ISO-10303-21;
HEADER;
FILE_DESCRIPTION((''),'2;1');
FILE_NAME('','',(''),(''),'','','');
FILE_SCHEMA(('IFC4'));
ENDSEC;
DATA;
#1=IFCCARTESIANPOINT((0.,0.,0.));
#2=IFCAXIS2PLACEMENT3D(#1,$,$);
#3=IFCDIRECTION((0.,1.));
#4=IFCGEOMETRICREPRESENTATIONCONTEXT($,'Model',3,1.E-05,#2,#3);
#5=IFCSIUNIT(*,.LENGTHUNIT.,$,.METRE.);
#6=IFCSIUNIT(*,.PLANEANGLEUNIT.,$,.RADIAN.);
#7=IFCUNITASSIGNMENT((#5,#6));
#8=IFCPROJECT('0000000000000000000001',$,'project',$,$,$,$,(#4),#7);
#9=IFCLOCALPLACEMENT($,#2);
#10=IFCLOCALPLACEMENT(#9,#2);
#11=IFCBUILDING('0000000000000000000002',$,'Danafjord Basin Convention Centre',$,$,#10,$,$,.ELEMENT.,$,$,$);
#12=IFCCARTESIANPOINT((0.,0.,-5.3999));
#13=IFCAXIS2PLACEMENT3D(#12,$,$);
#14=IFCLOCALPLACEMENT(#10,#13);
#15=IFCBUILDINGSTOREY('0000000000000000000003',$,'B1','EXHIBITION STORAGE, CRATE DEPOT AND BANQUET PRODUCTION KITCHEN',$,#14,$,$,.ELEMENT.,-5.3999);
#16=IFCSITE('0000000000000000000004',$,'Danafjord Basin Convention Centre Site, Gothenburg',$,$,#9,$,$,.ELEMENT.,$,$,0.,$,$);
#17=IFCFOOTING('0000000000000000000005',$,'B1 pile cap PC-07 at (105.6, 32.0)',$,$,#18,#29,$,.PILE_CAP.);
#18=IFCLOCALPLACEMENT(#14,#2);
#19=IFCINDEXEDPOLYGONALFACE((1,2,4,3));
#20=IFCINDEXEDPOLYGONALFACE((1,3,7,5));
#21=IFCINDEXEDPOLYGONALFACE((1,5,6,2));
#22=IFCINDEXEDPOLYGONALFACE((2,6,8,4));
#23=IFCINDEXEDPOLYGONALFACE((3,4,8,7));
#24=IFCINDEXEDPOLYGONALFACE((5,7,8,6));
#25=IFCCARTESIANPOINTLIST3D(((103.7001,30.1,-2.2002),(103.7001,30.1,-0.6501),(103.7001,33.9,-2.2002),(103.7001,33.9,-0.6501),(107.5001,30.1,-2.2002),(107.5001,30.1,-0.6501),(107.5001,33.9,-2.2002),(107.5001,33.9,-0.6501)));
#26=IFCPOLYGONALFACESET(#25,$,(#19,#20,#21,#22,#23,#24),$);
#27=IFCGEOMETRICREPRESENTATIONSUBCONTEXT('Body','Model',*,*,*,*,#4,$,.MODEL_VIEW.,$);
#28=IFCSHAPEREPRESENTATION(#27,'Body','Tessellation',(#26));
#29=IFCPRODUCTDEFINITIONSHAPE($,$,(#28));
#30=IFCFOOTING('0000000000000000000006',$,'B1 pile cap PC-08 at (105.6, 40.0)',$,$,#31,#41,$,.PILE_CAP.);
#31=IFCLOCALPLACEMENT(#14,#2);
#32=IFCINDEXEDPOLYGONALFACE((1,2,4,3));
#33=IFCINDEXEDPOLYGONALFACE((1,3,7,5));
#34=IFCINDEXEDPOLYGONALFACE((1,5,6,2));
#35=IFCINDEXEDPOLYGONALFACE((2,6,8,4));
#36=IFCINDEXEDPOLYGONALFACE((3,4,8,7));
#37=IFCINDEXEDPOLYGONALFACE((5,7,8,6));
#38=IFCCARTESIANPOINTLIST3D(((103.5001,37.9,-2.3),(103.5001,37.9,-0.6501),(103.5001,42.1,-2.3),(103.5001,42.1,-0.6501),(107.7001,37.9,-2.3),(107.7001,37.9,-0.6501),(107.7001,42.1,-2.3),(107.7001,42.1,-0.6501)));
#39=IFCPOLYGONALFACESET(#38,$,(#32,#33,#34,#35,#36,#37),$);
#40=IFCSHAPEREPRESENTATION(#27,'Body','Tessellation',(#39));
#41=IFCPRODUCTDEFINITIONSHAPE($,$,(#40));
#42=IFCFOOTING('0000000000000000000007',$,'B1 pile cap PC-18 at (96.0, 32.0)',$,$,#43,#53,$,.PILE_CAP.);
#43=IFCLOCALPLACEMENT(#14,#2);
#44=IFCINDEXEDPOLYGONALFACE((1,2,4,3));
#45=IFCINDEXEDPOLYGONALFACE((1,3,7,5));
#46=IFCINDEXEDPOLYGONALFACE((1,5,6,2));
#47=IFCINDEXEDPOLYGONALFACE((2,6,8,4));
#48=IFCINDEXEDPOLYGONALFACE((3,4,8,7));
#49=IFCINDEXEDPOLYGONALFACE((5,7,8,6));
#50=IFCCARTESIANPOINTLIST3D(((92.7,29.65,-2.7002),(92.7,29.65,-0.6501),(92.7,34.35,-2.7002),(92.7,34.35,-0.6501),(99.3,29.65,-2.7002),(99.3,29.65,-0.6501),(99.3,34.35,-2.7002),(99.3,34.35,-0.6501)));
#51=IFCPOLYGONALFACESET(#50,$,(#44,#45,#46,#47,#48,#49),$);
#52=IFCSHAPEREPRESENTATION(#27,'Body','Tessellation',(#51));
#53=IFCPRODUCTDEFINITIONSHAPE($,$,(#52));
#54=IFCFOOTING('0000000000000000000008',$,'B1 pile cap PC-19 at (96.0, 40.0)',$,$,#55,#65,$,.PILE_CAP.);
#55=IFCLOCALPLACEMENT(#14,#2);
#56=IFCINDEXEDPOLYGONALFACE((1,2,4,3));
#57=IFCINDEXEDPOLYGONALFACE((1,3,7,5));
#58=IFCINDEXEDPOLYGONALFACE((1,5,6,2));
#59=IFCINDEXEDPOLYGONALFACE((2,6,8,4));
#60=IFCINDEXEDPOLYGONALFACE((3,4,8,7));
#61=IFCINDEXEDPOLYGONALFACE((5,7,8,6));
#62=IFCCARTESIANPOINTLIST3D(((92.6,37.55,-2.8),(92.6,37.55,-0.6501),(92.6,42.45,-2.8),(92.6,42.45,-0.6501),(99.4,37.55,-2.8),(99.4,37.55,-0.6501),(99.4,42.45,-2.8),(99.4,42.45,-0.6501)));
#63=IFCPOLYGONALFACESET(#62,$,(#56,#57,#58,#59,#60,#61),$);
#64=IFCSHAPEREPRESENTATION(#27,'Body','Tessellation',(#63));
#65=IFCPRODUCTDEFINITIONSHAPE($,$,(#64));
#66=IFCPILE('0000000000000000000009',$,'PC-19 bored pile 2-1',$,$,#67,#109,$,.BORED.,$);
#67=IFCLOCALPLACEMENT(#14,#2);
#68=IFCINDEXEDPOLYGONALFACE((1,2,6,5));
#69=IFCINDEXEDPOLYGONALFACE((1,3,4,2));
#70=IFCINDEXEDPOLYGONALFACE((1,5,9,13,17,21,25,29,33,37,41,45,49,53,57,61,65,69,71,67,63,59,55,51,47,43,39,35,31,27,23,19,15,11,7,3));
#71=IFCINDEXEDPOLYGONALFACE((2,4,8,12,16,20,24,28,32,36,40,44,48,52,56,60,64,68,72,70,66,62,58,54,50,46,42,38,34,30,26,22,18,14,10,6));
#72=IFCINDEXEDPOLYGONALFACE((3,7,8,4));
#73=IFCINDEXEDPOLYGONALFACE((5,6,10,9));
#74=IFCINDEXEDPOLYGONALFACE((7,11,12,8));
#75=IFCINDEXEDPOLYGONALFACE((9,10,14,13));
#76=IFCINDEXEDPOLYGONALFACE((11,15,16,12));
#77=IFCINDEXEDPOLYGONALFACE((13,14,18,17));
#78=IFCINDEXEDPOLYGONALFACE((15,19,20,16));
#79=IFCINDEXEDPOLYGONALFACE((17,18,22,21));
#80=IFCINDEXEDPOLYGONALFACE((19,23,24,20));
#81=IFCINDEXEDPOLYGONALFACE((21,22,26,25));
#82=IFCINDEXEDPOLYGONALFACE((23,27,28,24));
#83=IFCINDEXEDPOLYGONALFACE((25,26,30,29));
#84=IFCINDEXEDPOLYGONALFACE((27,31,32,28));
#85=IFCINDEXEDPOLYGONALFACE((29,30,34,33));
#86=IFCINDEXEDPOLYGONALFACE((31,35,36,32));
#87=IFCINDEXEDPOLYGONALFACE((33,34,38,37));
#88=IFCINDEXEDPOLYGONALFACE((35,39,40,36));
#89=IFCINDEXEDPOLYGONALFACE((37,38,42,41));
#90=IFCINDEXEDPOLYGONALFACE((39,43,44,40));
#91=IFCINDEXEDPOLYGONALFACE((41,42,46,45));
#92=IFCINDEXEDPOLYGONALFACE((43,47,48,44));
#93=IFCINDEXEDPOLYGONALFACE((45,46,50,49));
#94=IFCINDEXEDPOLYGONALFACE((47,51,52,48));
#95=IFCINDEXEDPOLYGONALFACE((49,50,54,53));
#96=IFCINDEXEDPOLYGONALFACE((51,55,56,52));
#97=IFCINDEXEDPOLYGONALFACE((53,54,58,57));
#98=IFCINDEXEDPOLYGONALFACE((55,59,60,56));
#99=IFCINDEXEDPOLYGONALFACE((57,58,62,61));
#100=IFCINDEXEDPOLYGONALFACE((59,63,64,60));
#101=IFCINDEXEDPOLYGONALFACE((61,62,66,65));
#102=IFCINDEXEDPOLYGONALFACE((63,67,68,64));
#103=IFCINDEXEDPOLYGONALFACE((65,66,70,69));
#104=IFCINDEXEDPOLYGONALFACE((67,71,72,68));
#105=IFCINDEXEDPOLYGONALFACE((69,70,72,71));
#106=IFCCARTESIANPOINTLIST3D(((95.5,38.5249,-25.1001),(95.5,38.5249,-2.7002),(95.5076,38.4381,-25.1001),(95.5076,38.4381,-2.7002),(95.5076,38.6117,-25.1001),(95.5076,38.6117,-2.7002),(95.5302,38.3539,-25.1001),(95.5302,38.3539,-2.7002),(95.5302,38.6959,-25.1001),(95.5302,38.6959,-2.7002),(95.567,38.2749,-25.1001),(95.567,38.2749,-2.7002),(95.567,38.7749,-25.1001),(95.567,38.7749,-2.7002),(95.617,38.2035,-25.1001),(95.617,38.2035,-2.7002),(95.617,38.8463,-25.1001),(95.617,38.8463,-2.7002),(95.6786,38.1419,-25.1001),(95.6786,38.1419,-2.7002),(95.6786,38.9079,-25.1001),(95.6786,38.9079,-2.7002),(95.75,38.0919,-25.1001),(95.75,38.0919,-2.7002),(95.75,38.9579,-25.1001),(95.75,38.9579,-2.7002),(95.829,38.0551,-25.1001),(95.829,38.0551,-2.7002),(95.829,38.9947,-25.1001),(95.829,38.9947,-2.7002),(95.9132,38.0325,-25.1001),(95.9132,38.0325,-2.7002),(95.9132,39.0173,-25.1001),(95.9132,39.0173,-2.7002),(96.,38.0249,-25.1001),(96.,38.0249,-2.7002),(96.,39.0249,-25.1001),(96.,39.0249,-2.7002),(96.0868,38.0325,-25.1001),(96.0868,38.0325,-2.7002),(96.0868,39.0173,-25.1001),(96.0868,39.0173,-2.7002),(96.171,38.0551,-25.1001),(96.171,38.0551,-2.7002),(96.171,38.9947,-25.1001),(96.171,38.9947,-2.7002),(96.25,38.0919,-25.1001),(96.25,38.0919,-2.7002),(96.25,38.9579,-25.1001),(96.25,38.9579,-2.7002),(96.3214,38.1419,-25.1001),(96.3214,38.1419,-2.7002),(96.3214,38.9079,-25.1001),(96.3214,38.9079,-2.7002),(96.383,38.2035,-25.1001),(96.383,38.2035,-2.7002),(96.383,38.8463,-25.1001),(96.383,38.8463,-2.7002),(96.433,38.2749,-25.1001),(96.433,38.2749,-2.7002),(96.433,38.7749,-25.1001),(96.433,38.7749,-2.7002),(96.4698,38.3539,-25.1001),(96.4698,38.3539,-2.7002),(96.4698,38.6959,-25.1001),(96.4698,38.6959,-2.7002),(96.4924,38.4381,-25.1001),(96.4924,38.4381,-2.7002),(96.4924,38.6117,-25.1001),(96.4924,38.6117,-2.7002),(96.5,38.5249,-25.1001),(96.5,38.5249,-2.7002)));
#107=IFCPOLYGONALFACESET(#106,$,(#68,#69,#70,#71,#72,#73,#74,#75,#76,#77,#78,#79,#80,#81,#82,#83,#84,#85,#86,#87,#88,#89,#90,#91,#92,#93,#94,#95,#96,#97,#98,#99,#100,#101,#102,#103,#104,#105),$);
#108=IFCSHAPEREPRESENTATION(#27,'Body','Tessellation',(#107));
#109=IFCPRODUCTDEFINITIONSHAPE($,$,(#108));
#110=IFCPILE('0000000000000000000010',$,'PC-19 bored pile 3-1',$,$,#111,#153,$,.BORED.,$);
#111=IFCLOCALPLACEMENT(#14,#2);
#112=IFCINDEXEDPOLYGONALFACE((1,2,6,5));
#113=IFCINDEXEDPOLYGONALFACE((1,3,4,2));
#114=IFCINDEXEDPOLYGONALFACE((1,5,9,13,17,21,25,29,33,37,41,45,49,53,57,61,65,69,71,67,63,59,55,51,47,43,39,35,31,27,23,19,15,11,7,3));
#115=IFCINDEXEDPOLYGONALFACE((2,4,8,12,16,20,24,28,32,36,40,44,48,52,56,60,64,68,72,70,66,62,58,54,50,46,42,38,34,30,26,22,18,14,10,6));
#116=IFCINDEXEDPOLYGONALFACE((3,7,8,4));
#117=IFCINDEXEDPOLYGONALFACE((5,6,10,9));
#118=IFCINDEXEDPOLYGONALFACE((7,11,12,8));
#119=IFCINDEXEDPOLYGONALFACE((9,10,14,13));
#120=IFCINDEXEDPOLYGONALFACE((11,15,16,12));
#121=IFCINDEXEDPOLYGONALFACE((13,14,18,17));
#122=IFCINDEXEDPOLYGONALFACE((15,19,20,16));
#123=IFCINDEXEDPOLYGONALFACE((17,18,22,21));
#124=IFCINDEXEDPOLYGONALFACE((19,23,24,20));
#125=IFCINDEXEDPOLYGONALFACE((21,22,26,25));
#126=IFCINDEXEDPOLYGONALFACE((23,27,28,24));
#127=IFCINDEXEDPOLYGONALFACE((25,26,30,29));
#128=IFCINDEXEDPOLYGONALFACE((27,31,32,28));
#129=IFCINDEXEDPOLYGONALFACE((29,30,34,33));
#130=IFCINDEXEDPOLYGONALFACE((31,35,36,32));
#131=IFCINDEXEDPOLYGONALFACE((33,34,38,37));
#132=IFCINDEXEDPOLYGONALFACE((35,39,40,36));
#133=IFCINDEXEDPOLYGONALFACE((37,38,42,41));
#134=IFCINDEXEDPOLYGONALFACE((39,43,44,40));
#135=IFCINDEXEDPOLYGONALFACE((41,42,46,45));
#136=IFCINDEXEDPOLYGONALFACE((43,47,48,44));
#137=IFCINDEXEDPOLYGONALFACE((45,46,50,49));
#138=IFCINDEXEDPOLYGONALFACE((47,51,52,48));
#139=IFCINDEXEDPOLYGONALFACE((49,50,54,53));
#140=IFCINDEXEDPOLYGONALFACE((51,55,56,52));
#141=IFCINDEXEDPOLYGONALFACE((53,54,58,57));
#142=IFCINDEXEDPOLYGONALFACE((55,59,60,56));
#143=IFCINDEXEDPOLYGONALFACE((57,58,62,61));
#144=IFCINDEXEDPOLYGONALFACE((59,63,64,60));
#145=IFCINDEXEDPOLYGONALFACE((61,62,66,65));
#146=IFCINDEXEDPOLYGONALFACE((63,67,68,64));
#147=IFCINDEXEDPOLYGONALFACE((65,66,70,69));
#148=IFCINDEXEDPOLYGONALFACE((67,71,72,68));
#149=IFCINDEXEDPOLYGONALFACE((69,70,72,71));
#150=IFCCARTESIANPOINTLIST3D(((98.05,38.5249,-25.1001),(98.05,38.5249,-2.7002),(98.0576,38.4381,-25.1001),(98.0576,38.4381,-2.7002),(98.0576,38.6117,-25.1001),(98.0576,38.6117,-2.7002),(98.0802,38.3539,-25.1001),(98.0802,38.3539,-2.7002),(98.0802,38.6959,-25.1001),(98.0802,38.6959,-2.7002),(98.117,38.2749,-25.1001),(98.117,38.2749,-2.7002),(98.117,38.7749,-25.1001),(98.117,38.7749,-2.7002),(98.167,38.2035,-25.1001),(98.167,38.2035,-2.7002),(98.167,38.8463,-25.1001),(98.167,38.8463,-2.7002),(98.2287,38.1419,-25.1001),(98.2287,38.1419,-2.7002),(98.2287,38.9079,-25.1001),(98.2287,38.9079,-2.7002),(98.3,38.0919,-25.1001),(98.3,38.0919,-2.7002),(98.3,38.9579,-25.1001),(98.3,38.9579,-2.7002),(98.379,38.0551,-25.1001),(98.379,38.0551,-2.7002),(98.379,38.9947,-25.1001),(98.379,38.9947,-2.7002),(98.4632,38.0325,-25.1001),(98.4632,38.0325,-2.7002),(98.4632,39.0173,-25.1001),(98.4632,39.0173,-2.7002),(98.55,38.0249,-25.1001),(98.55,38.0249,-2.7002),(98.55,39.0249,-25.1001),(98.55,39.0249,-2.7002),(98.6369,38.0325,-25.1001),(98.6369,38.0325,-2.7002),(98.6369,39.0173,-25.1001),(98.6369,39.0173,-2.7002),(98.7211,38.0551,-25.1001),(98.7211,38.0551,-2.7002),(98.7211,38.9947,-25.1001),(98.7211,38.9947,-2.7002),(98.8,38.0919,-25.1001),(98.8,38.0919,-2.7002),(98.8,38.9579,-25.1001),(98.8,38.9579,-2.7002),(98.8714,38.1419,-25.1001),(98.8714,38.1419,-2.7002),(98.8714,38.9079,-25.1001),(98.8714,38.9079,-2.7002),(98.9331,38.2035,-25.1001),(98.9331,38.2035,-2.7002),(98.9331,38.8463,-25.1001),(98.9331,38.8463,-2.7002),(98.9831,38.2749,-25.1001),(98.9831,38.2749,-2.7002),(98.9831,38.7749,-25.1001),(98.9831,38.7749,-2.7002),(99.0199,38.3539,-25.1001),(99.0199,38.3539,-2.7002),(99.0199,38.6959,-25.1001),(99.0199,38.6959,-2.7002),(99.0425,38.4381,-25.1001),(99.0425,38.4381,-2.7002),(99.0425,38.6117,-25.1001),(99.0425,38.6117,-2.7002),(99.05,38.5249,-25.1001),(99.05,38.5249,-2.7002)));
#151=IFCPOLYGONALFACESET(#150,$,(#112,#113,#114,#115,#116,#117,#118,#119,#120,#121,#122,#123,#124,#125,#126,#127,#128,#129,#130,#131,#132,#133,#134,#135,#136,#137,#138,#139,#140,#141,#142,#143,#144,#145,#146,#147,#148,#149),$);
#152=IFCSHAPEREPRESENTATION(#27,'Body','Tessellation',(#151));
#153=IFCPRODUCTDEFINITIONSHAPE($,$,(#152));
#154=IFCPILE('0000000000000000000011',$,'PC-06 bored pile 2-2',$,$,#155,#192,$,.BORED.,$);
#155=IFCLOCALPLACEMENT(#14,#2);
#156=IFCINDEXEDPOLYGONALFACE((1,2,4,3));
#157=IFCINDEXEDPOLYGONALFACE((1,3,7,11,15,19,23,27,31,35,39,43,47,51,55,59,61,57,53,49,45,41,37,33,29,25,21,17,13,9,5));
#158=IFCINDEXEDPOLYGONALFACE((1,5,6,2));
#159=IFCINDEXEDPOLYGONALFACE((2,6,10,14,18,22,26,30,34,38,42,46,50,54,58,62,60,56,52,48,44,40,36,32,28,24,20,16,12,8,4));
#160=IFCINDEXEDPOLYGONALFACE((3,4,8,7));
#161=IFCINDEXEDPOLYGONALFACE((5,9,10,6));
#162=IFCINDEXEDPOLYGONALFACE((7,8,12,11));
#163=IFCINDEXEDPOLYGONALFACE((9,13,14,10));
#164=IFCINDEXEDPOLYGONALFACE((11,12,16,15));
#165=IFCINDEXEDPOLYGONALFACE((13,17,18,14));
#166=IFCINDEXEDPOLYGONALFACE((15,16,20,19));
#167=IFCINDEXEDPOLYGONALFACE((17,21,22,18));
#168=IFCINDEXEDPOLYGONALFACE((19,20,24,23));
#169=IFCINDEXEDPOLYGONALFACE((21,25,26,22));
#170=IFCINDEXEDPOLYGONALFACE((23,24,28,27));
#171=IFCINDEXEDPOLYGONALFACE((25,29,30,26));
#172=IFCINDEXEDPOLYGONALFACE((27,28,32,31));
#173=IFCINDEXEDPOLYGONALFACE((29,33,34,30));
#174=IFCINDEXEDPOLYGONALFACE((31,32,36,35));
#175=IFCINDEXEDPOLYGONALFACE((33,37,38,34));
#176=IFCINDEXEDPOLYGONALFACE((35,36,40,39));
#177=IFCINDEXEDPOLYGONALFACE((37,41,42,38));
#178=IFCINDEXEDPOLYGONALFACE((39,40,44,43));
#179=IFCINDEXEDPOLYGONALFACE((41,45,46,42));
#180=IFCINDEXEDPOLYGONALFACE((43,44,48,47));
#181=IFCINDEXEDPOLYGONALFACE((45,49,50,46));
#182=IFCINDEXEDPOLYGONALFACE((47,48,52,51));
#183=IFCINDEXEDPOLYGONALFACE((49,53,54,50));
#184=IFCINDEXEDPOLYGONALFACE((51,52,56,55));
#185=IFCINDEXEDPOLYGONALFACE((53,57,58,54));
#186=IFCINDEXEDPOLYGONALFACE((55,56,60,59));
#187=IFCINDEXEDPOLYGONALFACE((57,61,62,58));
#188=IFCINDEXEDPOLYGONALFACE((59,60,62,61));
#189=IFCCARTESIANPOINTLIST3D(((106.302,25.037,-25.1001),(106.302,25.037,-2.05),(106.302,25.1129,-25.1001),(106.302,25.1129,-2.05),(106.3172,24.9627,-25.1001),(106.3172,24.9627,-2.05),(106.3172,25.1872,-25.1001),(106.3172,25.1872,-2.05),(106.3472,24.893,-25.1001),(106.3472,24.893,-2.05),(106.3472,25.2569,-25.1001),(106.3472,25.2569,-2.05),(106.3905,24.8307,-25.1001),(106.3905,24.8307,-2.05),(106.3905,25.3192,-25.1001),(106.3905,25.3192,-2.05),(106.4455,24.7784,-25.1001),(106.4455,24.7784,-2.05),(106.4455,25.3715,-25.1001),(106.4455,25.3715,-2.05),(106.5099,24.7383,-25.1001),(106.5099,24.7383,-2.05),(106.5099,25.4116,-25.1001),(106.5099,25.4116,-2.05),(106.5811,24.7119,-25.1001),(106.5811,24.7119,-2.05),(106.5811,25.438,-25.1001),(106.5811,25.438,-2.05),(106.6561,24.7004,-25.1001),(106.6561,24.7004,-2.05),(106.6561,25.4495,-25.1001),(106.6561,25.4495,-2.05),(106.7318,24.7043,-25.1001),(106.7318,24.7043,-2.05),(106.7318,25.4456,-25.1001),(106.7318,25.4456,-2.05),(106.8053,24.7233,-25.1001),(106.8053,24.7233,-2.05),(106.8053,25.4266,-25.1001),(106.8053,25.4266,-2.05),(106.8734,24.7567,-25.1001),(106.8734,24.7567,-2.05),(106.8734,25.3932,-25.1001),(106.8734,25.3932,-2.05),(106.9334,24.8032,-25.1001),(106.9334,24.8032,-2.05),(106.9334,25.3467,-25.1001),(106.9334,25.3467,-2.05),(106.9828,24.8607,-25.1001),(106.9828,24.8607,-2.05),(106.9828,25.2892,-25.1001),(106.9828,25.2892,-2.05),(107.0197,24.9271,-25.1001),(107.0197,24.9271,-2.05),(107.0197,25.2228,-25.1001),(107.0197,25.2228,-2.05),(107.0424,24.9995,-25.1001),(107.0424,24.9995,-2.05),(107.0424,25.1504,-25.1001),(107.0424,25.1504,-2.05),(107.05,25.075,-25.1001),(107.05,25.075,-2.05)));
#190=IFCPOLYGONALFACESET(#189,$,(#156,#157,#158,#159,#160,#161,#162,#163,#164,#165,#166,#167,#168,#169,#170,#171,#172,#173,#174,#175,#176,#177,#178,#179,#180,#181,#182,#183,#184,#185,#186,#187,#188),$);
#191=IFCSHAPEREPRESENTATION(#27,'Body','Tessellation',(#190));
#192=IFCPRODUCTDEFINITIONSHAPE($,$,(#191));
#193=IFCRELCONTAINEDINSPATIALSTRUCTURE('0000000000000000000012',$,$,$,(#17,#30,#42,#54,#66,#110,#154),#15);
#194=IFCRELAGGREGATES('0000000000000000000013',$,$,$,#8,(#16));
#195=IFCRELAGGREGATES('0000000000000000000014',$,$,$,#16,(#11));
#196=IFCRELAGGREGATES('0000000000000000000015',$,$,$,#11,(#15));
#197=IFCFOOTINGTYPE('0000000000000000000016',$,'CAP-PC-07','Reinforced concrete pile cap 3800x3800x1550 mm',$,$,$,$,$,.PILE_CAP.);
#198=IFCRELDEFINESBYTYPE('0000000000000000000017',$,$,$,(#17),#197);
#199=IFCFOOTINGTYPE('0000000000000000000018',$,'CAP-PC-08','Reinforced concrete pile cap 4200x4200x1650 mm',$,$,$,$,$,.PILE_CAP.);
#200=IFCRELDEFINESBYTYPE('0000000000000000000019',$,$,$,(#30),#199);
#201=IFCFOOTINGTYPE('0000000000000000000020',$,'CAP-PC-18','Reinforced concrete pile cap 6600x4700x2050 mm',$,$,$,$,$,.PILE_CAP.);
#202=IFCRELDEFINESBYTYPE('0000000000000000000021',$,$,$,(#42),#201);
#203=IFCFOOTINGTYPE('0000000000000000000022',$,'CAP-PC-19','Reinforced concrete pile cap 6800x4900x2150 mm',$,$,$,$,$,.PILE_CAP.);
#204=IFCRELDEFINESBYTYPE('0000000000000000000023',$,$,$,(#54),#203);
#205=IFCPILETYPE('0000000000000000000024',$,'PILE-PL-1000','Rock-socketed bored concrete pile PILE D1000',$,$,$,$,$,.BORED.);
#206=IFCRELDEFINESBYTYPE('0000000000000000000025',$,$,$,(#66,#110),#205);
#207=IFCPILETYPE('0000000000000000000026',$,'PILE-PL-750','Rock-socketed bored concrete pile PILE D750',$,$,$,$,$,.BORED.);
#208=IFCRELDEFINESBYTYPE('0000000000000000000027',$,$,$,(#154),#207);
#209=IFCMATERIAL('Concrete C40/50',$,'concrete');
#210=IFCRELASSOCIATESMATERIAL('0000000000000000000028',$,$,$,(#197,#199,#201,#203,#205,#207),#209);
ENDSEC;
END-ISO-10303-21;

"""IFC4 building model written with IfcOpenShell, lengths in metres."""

from ifc_helpers import new_model, si_unit, direction, frame, origin, origin_2d, place, context, subcontext, project, spatial, rectangle, circle, extrude, material, material_profile, profile_set, type_object, element, save


model = new_model("IFC4")

# Units and contexts
model_context = context("Model", 3, precision=1e-05, world=origin(), true_north=direction((0.0, 1.0)))
body_context = subcontext(model_context, "Body", "Model", "MODEL_VIEW")
ifc_project = project(units=[si_unit("LENGTHUNIT", "METRE"), si_unit("PLANEANGLEUNIT", "RADIAN")], contexts=[model_context])

# Site, building, storey
site_placement = place(None, origin())
site = spatial("IfcSite", under=ifc_project, at=site_placement, Name="Danafjord Basin Convention Centre Site, Gothenburg", CompositionType="ELEMENT", RefElevation=0.0)
building_placement = place(site_placement, origin())
building = spatial("IfcBuilding", under=site, at=building_placement, Name="Danafjord Basin Convention Centre", CompositionType="ELEMENT")
storey_placement = place(building_placement, frame((0.0, 0.0, -5.3999)))
storey = spatial("IfcBuildingStorey", under=building, at=storey_placement, Name="B1", Description="EXHIBITION STORAGE, CRATE DEPOT AND BANQUET PRODUCTION KITCHEN", CompositionType="ELEMENT", Elevation=-5.3999)

# Footings
ifc_material_1 = material(Name="Concrete C40/50", Category="concrete")
footing_type_1 = type_object("IfcFootingType", Name="CAP-PC-07", Description="Reinforced concrete pile cap 3800x3800x1550 mm", PredefinedType="PILE_CAP", material=ifc_material_1)
footing_1_placement = place(storey_placement, frame((105.6001, 32.0, -2.2002), z_axis=(0.0, 0.0, 1.0), x_axis=(1.0, 0.0, 0.0)))
element("IfcFooting", 1, at=footing_1_placement, inside=storey, type_object=footing_type_1, Name="B1 pile cap PC-07 at (105.6, 32.0)", PredefinedType="PILE_CAP", context=body_context, shape_type="SweptSolid", body=[
    extrude(rectangle(XDim=3.8, YDim=3.8, at=origin_2d()), origin(), (0.0, 0.0, 1.0), 1.55),
])
footing_type_2 = type_object("IfcFootingType", Name="CAP-PC-08", Description="Reinforced concrete pile cap 4200x4200x1650 mm", PredefinedType="PILE_CAP", material=ifc_material_1)
footing_2_placement = place(storey_placement, frame((105.6001, 40.0, -2.3), z_axis=(0.0, 0.0, 1.0), x_axis=(1.0, 0.0, 0.0)))
element("IfcFooting", 2, at=footing_2_placement, inside=storey, type_object=footing_type_2, Name="B1 pile cap PC-08 at (105.6, 40.0)", PredefinedType="PILE_CAP", context=body_context, shape_type="SweptSolid", body=[
    extrude(rectangle(XDim=4.2, YDim=4.2, at=origin_2d()), origin(), (0.0, 0.0, 1.0), 1.6499),
])
footing_type_3 = type_object("IfcFootingType", Name="CAP-PC-18", Description="Reinforced concrete pile cap 6600x4700x2050 mm", PredefinedType="PILE_CAP", material=ifc_material_1)
footing_3_placement = place(storey_placement, frame((96.0, 32.0, -2.7002), z_axis=(0.0, 0.0, 1.0), x_axis=(1.0, 0.0, 0.0)))
element("IfcFooting", 3, at=footing_3_placement, inside=storey, type_object=footing_type_3, Name="B1 pile cap PC-18 at (96.0, 32.0)", PredefinedType="PILE_CAP", context=body_context, shape_type="SweptSolid", body=[
    extrude(rectangle(XDim=6.6001, YDim=4.7, at=origin_2d()), origin(), (0.0, 0.0, 1.0), 2.05),
])
footing_type_4 = type_object("IfcFootingType", Name="CAP-PC-19", Description="Reinforced concrete pile cap 6800x4900x2150 mm", PredefinedType="PILE_CAP", material=ifc_material_1)
footing_4_placement = place(storey_placement, frame((96.0, 40.0, -2.8), z_axis=(0.0, 0.0, 1.0), x_axis=(1.0, 0.0, 0.0)))
element("IfcFooting", 4, at=footing_4_placement, inside=storey, type_object=footing_type_4, Name="B1 pile cap PC-19 at (96.0, 40.0)", PredefinedType="PILE_CAP", context=body_context, shape_type="SweptSolid", body=[
    extrude(rectangle(XDim=6.8, YDim=4.8999, at=origin_2d()), origin(), (0.0, 0.0, 1.0), 2.1499),
])

# Piles
ifc_material_profile_1 = material_profile(ifc_material_1, circle(Radius=0.5, at=origin_2d()), Name="PILE D1000")
ifc_profile_set_1 = profile_set([ifc_material_profile_1], Name="Concrete C40/50")
pile_type_1 = type_object("IfcPileType", Name="PILE-PL-1000", Description="Rock-socketed bored concrete pile PILE D1000", PredefinedType="BORED", material=ifc_profile_set_1)
for number, where, z_axis, x_axis, name in (
    (5, (96.0, 38.5249, -2.7002), (0.0, 0.0, -1.0), (1.0, 0.0, 0.0), "PC-19 bored pile 2-1"),
    (6, (98.55, 38.5249, -2.7002), (0.0, 0.0, -1.0), (1.0, 0.0, 0.0), "PC-19 bored pile 3-1"),
):
    element("IfcPile", number, at=place(storey_placement, frame(where, z_axis=z_axis, x_axis=x_axis)), inside=storey, type_object=pile_type_1, Name=name, PredefinedType="BORED", context=body_context, shape_type="SweptSolid", body=[
        extrude(circle(Radius=0.5, at=origin_2d()), origin(), (0.0, 0.0, 1.0), 22.3999),
    ])
ifc_material_profile_2 = material_profile(ifc_material_1, circle(Radius=0.375, at=origin_2d()), Name="PILE D750")
ifc_profile_set_2 = profile_set([ifc_material_profile_2], Name="Concrete C40/50")
pile_type_2 = type_object("IfcPileType", Name="PILE-PL-750", Description="Rock-socketed bored concrete pile PILE D750", PredefinedType="BORED", material=ifc_profile_set_2)
pile_1_placement = place(storey_placement, frame((106.675, 25.075, -2.05), z_axis=(0.0, 0.0, -1.0), x_axis=(1.0, 0.0, 0.0)))
element("IfcPile", 7, at=pile_1_placement, inside=storey, type_object=pile_type_2, Name="PC-06 bored pile 2-2", PredefinedType="BORED", context=body_context, shape_type="SweptSolid", body=[
    extrude(circle(Radius=0.375, at=origin_2d()), origin(), (0.0, 0.0, 1.0), 23.05),
])

save(model, "model.ifc")
